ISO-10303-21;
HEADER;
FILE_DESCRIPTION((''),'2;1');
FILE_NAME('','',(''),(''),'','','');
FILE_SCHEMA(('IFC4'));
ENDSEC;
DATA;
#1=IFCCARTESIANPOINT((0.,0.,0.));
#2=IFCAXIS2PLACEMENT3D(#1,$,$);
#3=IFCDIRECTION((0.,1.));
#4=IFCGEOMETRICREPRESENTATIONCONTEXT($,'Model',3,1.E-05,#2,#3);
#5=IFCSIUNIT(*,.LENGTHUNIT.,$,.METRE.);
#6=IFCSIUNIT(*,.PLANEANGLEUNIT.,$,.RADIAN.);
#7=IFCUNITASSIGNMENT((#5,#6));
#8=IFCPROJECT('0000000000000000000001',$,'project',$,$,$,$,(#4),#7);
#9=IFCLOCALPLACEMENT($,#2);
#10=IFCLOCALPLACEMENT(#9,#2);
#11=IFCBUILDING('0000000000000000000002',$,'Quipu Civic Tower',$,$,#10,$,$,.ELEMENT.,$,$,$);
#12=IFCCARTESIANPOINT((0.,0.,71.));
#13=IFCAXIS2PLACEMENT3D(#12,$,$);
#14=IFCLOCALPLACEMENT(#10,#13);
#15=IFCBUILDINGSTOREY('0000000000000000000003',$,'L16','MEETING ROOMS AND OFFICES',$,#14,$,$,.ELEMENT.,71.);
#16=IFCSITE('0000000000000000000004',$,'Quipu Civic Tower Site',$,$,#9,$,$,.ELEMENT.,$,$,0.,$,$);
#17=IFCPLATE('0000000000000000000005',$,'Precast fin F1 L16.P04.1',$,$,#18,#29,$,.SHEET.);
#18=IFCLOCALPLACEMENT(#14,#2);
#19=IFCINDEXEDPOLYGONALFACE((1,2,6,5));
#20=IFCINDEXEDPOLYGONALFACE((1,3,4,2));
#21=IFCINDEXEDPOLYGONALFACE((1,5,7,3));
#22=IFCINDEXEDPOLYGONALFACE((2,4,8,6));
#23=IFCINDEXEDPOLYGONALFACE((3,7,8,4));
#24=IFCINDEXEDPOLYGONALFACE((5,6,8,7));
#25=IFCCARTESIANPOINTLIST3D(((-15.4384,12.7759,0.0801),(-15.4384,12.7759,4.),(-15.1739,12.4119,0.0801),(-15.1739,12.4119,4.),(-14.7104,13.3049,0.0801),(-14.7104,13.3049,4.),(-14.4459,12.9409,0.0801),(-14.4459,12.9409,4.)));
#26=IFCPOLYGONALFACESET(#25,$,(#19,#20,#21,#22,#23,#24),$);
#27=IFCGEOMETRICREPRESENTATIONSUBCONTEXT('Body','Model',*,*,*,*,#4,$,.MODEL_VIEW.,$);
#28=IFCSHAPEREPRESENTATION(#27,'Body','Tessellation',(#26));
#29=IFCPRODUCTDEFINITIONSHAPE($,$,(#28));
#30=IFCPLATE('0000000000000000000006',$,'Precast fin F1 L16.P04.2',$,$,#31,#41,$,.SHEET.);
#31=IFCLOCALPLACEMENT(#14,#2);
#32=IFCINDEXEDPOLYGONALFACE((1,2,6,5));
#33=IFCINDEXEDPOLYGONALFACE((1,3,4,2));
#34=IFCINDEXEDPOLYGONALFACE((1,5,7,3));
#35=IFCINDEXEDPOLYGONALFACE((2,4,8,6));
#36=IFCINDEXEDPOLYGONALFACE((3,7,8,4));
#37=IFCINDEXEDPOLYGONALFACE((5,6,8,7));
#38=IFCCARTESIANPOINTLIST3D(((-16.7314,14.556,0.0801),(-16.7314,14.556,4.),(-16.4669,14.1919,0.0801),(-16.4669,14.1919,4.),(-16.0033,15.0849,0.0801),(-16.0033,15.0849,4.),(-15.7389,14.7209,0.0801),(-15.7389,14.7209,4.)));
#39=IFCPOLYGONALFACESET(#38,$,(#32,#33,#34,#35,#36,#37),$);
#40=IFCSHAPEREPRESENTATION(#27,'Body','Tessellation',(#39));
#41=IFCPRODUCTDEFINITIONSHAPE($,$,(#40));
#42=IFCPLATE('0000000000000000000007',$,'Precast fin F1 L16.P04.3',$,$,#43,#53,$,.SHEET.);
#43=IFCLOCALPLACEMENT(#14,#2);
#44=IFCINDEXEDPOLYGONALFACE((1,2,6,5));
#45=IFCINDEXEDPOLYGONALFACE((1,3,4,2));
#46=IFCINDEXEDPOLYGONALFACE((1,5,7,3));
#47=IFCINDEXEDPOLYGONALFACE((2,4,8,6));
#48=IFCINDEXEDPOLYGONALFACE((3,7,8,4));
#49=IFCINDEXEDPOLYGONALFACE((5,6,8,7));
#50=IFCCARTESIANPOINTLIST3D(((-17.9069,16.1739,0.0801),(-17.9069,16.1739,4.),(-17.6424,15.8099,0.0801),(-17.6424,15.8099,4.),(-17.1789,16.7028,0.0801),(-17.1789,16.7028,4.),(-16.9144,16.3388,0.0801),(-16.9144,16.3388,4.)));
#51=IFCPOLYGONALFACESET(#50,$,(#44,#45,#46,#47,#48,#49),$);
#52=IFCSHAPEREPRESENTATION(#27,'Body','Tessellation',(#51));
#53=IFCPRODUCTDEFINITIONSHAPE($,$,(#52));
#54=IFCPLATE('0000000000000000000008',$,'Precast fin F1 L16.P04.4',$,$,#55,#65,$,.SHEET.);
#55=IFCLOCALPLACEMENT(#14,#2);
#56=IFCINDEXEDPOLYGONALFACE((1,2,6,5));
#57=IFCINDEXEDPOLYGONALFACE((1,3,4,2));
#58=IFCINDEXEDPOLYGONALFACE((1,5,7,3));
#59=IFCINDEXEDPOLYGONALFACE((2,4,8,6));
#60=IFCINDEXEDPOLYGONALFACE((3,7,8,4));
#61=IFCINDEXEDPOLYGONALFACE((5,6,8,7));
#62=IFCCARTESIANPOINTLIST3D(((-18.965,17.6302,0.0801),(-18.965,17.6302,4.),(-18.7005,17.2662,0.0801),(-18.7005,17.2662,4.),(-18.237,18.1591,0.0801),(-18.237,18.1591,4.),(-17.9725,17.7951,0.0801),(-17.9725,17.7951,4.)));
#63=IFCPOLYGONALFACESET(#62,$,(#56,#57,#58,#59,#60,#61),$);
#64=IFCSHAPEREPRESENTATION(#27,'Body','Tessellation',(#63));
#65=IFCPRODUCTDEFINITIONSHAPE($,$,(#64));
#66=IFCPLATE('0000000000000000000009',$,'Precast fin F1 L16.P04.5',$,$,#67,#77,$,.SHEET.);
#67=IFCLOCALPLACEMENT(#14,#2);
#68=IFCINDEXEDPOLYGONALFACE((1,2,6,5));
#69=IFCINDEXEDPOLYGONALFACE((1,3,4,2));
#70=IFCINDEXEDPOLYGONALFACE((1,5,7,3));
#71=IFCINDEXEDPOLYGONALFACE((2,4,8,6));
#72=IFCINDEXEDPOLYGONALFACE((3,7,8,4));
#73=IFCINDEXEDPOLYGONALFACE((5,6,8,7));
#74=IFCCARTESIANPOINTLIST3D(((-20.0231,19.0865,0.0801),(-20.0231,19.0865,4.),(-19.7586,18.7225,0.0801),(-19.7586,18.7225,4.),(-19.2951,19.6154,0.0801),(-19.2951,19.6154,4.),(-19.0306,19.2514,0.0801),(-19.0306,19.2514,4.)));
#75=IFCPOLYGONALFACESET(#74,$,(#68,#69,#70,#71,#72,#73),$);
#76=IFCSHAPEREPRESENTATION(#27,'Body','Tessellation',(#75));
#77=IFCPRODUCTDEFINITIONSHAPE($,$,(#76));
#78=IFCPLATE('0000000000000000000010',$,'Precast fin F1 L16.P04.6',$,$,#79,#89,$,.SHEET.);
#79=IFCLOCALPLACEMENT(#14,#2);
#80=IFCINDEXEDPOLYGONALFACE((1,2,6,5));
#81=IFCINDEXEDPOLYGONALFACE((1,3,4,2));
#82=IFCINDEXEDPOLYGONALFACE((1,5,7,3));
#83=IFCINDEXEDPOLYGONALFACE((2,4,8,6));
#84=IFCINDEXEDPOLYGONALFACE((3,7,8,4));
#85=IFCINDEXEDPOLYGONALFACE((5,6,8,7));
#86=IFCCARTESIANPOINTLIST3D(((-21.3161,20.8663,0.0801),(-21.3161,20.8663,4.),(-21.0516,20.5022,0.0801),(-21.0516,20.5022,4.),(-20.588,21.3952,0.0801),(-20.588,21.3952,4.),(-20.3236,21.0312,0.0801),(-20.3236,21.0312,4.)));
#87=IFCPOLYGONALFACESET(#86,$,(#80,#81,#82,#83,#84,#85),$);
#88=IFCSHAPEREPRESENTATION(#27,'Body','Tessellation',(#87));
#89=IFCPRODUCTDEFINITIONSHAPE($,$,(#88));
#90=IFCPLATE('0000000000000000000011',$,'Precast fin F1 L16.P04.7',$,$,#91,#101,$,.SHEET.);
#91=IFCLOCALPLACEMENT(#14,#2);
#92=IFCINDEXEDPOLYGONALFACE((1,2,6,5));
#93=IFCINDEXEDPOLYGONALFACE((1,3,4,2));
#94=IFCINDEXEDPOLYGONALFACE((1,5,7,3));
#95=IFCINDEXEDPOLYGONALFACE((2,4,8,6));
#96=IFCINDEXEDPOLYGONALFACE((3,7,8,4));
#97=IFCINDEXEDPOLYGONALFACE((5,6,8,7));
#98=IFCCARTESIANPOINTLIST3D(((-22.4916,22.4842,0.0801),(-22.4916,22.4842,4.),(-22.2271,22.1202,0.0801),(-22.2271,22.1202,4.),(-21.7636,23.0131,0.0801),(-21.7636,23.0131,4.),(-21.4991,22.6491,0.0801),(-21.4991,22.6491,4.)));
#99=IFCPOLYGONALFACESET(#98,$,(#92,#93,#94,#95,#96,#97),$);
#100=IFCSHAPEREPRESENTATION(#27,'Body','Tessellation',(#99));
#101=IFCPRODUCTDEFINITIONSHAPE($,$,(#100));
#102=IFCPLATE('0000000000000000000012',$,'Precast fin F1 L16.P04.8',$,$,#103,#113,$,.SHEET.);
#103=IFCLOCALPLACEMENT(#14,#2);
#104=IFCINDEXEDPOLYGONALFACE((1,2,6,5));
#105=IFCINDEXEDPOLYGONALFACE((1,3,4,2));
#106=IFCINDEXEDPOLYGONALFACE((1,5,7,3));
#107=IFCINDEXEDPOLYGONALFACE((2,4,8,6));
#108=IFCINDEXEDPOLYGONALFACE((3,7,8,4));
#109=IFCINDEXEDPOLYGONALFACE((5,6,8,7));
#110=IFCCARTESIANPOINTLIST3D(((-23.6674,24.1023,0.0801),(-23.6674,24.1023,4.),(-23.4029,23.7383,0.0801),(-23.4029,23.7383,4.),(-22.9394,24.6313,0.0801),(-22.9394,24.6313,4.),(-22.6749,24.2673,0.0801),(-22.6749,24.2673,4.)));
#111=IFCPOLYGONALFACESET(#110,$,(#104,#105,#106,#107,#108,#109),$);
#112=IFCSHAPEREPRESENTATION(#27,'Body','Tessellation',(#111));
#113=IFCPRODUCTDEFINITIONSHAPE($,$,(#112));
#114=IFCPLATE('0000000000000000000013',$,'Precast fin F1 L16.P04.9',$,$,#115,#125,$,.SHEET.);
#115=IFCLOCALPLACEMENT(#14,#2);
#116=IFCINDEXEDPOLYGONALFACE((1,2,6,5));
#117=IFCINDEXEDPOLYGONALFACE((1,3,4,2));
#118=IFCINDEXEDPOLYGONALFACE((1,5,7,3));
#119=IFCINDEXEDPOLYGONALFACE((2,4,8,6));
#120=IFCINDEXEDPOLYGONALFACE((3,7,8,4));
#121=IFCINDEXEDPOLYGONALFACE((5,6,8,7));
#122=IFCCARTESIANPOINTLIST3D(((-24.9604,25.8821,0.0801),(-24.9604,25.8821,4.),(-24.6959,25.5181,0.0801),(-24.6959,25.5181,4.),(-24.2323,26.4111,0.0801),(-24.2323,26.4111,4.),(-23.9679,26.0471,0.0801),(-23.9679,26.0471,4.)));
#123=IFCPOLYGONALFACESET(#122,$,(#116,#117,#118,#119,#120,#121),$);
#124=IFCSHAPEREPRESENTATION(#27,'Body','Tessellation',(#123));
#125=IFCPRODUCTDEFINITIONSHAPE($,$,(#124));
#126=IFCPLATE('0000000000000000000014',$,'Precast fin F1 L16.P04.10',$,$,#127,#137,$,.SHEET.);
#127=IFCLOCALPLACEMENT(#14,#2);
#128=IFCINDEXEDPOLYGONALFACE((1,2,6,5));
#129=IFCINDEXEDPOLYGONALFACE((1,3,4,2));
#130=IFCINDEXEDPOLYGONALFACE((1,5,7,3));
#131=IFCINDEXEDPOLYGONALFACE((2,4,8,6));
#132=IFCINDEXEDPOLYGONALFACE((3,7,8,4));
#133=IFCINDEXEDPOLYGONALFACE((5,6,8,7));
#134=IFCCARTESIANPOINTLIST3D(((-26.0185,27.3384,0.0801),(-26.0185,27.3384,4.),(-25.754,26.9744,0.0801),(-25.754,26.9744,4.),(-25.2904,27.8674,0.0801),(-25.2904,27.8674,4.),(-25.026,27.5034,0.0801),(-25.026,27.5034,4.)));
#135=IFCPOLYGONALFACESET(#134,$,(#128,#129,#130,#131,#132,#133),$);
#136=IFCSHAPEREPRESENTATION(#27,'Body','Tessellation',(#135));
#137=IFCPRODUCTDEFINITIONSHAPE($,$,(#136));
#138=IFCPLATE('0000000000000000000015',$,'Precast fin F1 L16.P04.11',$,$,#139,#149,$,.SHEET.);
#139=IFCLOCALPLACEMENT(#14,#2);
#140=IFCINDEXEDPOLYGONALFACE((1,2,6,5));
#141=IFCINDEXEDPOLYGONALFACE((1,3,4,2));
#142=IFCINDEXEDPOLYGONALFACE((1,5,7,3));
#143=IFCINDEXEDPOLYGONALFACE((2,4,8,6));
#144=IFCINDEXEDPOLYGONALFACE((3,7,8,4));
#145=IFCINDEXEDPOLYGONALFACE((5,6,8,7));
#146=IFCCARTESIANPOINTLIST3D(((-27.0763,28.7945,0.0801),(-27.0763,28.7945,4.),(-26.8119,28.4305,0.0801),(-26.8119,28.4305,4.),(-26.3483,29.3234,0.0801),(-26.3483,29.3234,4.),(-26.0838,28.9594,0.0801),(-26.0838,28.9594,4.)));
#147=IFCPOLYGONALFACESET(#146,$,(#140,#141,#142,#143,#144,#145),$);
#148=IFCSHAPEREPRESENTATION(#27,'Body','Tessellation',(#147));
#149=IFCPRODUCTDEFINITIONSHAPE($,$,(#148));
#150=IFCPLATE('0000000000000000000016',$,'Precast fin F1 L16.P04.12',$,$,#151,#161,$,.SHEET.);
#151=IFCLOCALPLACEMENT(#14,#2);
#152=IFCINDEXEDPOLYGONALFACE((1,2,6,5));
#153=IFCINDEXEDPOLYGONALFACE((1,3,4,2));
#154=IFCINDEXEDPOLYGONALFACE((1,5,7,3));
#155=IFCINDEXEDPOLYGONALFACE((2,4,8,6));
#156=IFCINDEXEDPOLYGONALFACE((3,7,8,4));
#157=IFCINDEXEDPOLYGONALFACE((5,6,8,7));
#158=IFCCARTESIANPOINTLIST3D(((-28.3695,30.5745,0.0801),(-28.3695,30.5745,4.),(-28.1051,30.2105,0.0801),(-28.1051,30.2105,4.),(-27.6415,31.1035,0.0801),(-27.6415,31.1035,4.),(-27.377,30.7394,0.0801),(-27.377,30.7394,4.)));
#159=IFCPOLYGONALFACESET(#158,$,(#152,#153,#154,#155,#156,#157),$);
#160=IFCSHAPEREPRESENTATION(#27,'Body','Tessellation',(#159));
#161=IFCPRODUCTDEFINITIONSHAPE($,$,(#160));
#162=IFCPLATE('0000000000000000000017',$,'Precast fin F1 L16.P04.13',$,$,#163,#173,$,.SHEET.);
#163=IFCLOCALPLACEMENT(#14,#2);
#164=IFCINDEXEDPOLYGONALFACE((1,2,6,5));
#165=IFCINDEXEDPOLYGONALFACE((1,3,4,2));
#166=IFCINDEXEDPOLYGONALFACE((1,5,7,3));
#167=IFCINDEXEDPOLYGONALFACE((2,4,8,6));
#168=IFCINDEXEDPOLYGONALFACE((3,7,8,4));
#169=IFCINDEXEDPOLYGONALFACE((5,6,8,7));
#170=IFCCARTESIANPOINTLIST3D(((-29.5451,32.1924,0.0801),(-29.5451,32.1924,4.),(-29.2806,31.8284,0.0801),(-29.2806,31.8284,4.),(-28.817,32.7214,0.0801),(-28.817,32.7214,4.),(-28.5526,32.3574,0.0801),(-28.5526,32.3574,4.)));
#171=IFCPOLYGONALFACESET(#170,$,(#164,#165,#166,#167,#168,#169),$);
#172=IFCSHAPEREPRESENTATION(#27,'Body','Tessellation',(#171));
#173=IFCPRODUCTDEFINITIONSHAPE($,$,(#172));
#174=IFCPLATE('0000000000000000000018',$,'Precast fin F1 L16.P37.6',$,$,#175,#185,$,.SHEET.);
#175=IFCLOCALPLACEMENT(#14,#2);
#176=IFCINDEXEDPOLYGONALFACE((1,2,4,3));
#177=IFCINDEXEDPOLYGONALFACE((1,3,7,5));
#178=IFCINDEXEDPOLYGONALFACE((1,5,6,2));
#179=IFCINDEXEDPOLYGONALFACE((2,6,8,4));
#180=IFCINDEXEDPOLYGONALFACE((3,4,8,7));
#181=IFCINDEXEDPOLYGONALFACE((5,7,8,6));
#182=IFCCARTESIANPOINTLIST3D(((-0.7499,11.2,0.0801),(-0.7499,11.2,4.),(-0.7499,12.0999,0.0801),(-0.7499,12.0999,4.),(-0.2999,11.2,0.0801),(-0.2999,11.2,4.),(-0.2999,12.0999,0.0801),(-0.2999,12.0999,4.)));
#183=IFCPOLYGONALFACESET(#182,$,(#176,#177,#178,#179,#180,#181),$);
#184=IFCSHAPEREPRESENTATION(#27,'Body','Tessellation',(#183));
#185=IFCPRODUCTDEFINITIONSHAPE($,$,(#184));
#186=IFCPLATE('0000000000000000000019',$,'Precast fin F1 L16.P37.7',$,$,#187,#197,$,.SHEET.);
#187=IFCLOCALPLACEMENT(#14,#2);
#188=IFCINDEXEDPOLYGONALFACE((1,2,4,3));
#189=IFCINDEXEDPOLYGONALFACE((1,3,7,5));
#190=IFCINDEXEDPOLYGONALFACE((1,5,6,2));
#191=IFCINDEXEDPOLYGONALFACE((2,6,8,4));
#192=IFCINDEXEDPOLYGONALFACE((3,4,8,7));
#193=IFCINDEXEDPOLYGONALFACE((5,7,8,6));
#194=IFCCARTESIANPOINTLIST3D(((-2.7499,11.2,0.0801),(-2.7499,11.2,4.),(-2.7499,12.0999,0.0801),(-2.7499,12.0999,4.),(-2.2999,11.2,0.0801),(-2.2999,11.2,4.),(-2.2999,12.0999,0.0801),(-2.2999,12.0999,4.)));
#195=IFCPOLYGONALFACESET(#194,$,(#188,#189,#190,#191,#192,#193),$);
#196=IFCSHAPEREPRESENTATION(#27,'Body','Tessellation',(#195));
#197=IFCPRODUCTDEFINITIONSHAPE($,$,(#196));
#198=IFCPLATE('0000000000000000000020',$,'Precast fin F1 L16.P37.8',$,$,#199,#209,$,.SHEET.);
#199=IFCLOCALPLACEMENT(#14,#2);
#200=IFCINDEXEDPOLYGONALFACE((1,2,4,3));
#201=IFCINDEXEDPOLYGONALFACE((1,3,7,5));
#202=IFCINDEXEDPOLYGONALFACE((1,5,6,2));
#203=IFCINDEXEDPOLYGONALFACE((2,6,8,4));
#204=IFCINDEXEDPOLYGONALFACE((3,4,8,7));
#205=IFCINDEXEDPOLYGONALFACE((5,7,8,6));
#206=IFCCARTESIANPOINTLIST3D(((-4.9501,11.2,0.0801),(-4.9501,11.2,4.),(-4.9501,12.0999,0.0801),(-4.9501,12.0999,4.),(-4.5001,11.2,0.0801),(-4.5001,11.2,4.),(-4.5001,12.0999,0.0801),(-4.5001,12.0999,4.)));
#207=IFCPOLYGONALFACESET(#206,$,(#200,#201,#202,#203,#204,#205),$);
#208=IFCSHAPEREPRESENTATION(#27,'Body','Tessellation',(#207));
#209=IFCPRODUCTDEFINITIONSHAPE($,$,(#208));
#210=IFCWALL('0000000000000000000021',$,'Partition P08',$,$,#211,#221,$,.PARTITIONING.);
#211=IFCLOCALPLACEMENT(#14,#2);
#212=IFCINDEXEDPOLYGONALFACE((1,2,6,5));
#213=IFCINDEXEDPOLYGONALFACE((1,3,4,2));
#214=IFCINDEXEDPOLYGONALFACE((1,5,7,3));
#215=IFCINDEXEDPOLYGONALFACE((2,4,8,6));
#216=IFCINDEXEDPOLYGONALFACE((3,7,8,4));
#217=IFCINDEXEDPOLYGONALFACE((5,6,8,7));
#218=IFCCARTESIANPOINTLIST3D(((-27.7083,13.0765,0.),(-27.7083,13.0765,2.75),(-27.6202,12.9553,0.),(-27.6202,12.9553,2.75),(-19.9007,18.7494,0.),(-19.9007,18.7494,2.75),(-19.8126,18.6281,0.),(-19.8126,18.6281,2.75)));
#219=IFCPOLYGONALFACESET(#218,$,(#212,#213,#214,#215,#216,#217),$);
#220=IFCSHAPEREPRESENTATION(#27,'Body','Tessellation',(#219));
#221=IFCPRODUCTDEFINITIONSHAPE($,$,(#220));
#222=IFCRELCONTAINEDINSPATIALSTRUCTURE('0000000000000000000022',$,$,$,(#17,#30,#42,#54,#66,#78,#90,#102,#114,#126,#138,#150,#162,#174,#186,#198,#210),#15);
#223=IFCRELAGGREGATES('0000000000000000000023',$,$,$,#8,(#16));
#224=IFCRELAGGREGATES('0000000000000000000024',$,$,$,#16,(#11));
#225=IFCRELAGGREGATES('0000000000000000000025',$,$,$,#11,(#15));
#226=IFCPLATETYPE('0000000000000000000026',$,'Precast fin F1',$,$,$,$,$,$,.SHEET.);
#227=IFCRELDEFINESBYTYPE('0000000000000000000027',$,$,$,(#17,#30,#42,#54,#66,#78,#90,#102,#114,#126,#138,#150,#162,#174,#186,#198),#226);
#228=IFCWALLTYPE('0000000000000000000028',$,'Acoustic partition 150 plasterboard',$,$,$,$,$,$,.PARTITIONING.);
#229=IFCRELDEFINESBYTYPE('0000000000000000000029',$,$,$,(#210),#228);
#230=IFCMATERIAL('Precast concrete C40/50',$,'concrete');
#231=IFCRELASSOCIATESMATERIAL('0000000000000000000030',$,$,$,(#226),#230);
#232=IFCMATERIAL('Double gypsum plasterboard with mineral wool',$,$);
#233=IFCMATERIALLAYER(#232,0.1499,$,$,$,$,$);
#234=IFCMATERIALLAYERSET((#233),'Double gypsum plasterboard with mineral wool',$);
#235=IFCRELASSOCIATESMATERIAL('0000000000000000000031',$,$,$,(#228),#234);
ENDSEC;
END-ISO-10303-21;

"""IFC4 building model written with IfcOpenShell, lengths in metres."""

from ifc_helpers import new_model, si_unit, direction, frame, frame_2d, origin, origin_2d, place, context, subcontext, project, spatial, rectangle, extrude, material, layer, layer_set, type_object, element, save


model = new_model("IFC4")

# Units and contexts
model_context = context("Model", 3, precision=1e-05, world=origin(), true_north=direction((0.0, 1.0)))
body_context = subcontext(model_context, "Body", "Model", "MODEL_VIEW")
ifc_project = project(units=[si_unit("LENGTHUNIT", "METRE"), si_unit("PLANEANGLEUNIT", "RADIAN")], contexts=[model_context])

# Site, building, storey
site_placement = place(None, origin())
site = spatial("IfcSite", under=ifc_project, at=site_placement, Name="Quipu Civic Tower Site", CompositionType="ELEMENT", RefElevation=0.0)
building_placement = place(site_placement, origin())
building = spatial("IfcBuilding", under=site, at=building_placement, Name="Quipu Civic Tower", CompositionType="ELEMENT")
storey_placement = place(building_placement, frame((0.0, 0.0, 71.0)))
storey = spatial("IfcBuildingStorey", under=building, at=storey_placement, Name="L16", Description="MEETING ROOMS AND OFFICES", CompositionType="ELEMENT", Elevation=71.0)

# Plates
ifc_material_1 = material(Name="Precast concrete C40/50", Category="concrete")
plate_type_1 = type_object("IfcPlateType", Name="Precast fin F1", PredefinedType="SHEET", material=ifc_material_1)
for number, where, z_axis, x_axis, name in (
    (1, (-14.9421, 12.8584, 0.0801), (0.0, 0.0, 1.0), (-0.587785, 0.809017, 0.0), "Precast fin F1 L16.P04.1"),
    (2, (-16.2351, 14.6384, 0.0801), (0.0, 0.0, 1.0), (-0.587785, 0.809017, 0.0), "Precast fin F1 L16.P04.2"),
    (3, (-17.4106, 16.2563, 0.0801), (0.0, 0.0, 1.0), (-0.587785, 0.809017, 0.0), "Precast fin F1 L16.P04.3"),
    (4, (-18.4688, 17.7126, 0.0801), (0.0, 0.0, 1.0), (-0.587785, 0.809017, 0.0), "Precast fin F1 L16.P04.4"),
    (5, (-19.5269, 19.1689, 0.0801), (0.0, 0.0, 1.0), (-0.587785, 0.809017, 0.0), "Precast fin F1 L16.P04.5"),
    (6, (-20.8198, 20.9487, 0.0801), (0.0, 0.0, 1.0), (-0.587785, 0.809017, 0.0), "Precast fin F1 L16.P04.6"),
    (7, (-21.9954, 22.5667, 0.0801), (0.0, 0.0, 1.0), (-0.587785, 0.809017, 0.0), "Precast fin F1 L16.P04.7"),
    (8, (-23.1711, 24.1848, 0.0801), (0.0, 0.0, 1.0), (-0.587785, 0.809017, 0.0), "Precast fin F1 L16.P04.8"),
    (9, (-24.4641, 25.9646, 0.0801), (0.0, 0.0, 1.0), (-0.587785, 0.809017, 0.0), "Precast fin F1 L16.P04.9"),
    (10, (-25.5222, 27.4209, 0.0801), (0.0, 0.0, 1.0), (-0.587785, 0.809017, 0.0), "Precast fin F1 L16.P04.10"),
    (11, (-26.5801, 28.877, 0.0801), (0.0, 0.0, 1.0), (-0.587785, 0.809017, 0.0), "Precast fin F1 L16.P04.11"),
    (12, (-27.8733, 30.657, 0.0801), (0.0, 0.0, 1.0), (-0.587785, 0.809017, 0.0), "Precast fin F1 L16.P04.12"),
    (13, (-29.0488, 32.2749, 0.0801), (0.0, 0.0, 1.0), (-0.587785, 0.809017, 0.0), "Precast fin F1 L16.P04.13"),
    (14, (-0.5249, 11.6499, 0.0801), (0.0, 0.0, 1.0), (-1.0, 0.0, 0.0), "Precast fin F1 L16.P37.6"),
    (15, (-2.5249, 11.6499, 0.0801), (0.0, 0.0, 1.0), (-1.0, 0.0, 0.0), "Precast fin F1 L16.P37.7"),
    (16, (-4.7251, 11.6499, 0.0801), (0.0, 0.0, 1.0), (-1.0, 0.0, 0.0), "Precast fin F1 L16.P37.8"),
):
    element("IfcPlate", number, at=place(storey_placement, frame(where, z_axis=z_axis, x_axis=x_axis)), inside=storey, type_object=plate_type_1, Name=name, PredefinedType="SHEET", context=body_context, shape_type="SweptSolid", body=[
        extrude(rectangle(XDim=0.45, YDim=0.8999, at=origin_2d()), origin(), (0.0, 0.0, 1.0), 3.9199),
    ])

# Wall
ifc_material_2 = material(Name="Double gypsum plasterboard with mineral wool")
ifc_layer_1 = layer(ifc_material_2, 0.1499)
ifc_layer_set_1 = layer_set([ifc_layer_1], Name="Double gypsum plasterboard with mineral wool")
wall_type = type_object("IfcWallType", Name="Acoustic partition 150 plasterboard", PredefinedType="PARTITIONING", material=ifc_layer_set_1)
wall_placement = place(storey_placement, frame((-19.8567, 18.6887, 0.0), z_axis=(0.0, 0.0, 1.0), x_axis=(-0.809003, -0.587805, 0.0)))
element("IfcWall", 17, at=wall_placement, inside=storey, type_object=wall_type, Name="Partition P08", PredefinedType="PARTITIONING", context=body_context, shape_type="SweptSolid", body=[
    extrude(rectangle(XDim=9.6509, YDim=0.1499, at=frame_2d((4.8254, 0.0))), origin(), (0.0, 0.0, 1.0), 2.75),
])

save(model, "model.ifc")
